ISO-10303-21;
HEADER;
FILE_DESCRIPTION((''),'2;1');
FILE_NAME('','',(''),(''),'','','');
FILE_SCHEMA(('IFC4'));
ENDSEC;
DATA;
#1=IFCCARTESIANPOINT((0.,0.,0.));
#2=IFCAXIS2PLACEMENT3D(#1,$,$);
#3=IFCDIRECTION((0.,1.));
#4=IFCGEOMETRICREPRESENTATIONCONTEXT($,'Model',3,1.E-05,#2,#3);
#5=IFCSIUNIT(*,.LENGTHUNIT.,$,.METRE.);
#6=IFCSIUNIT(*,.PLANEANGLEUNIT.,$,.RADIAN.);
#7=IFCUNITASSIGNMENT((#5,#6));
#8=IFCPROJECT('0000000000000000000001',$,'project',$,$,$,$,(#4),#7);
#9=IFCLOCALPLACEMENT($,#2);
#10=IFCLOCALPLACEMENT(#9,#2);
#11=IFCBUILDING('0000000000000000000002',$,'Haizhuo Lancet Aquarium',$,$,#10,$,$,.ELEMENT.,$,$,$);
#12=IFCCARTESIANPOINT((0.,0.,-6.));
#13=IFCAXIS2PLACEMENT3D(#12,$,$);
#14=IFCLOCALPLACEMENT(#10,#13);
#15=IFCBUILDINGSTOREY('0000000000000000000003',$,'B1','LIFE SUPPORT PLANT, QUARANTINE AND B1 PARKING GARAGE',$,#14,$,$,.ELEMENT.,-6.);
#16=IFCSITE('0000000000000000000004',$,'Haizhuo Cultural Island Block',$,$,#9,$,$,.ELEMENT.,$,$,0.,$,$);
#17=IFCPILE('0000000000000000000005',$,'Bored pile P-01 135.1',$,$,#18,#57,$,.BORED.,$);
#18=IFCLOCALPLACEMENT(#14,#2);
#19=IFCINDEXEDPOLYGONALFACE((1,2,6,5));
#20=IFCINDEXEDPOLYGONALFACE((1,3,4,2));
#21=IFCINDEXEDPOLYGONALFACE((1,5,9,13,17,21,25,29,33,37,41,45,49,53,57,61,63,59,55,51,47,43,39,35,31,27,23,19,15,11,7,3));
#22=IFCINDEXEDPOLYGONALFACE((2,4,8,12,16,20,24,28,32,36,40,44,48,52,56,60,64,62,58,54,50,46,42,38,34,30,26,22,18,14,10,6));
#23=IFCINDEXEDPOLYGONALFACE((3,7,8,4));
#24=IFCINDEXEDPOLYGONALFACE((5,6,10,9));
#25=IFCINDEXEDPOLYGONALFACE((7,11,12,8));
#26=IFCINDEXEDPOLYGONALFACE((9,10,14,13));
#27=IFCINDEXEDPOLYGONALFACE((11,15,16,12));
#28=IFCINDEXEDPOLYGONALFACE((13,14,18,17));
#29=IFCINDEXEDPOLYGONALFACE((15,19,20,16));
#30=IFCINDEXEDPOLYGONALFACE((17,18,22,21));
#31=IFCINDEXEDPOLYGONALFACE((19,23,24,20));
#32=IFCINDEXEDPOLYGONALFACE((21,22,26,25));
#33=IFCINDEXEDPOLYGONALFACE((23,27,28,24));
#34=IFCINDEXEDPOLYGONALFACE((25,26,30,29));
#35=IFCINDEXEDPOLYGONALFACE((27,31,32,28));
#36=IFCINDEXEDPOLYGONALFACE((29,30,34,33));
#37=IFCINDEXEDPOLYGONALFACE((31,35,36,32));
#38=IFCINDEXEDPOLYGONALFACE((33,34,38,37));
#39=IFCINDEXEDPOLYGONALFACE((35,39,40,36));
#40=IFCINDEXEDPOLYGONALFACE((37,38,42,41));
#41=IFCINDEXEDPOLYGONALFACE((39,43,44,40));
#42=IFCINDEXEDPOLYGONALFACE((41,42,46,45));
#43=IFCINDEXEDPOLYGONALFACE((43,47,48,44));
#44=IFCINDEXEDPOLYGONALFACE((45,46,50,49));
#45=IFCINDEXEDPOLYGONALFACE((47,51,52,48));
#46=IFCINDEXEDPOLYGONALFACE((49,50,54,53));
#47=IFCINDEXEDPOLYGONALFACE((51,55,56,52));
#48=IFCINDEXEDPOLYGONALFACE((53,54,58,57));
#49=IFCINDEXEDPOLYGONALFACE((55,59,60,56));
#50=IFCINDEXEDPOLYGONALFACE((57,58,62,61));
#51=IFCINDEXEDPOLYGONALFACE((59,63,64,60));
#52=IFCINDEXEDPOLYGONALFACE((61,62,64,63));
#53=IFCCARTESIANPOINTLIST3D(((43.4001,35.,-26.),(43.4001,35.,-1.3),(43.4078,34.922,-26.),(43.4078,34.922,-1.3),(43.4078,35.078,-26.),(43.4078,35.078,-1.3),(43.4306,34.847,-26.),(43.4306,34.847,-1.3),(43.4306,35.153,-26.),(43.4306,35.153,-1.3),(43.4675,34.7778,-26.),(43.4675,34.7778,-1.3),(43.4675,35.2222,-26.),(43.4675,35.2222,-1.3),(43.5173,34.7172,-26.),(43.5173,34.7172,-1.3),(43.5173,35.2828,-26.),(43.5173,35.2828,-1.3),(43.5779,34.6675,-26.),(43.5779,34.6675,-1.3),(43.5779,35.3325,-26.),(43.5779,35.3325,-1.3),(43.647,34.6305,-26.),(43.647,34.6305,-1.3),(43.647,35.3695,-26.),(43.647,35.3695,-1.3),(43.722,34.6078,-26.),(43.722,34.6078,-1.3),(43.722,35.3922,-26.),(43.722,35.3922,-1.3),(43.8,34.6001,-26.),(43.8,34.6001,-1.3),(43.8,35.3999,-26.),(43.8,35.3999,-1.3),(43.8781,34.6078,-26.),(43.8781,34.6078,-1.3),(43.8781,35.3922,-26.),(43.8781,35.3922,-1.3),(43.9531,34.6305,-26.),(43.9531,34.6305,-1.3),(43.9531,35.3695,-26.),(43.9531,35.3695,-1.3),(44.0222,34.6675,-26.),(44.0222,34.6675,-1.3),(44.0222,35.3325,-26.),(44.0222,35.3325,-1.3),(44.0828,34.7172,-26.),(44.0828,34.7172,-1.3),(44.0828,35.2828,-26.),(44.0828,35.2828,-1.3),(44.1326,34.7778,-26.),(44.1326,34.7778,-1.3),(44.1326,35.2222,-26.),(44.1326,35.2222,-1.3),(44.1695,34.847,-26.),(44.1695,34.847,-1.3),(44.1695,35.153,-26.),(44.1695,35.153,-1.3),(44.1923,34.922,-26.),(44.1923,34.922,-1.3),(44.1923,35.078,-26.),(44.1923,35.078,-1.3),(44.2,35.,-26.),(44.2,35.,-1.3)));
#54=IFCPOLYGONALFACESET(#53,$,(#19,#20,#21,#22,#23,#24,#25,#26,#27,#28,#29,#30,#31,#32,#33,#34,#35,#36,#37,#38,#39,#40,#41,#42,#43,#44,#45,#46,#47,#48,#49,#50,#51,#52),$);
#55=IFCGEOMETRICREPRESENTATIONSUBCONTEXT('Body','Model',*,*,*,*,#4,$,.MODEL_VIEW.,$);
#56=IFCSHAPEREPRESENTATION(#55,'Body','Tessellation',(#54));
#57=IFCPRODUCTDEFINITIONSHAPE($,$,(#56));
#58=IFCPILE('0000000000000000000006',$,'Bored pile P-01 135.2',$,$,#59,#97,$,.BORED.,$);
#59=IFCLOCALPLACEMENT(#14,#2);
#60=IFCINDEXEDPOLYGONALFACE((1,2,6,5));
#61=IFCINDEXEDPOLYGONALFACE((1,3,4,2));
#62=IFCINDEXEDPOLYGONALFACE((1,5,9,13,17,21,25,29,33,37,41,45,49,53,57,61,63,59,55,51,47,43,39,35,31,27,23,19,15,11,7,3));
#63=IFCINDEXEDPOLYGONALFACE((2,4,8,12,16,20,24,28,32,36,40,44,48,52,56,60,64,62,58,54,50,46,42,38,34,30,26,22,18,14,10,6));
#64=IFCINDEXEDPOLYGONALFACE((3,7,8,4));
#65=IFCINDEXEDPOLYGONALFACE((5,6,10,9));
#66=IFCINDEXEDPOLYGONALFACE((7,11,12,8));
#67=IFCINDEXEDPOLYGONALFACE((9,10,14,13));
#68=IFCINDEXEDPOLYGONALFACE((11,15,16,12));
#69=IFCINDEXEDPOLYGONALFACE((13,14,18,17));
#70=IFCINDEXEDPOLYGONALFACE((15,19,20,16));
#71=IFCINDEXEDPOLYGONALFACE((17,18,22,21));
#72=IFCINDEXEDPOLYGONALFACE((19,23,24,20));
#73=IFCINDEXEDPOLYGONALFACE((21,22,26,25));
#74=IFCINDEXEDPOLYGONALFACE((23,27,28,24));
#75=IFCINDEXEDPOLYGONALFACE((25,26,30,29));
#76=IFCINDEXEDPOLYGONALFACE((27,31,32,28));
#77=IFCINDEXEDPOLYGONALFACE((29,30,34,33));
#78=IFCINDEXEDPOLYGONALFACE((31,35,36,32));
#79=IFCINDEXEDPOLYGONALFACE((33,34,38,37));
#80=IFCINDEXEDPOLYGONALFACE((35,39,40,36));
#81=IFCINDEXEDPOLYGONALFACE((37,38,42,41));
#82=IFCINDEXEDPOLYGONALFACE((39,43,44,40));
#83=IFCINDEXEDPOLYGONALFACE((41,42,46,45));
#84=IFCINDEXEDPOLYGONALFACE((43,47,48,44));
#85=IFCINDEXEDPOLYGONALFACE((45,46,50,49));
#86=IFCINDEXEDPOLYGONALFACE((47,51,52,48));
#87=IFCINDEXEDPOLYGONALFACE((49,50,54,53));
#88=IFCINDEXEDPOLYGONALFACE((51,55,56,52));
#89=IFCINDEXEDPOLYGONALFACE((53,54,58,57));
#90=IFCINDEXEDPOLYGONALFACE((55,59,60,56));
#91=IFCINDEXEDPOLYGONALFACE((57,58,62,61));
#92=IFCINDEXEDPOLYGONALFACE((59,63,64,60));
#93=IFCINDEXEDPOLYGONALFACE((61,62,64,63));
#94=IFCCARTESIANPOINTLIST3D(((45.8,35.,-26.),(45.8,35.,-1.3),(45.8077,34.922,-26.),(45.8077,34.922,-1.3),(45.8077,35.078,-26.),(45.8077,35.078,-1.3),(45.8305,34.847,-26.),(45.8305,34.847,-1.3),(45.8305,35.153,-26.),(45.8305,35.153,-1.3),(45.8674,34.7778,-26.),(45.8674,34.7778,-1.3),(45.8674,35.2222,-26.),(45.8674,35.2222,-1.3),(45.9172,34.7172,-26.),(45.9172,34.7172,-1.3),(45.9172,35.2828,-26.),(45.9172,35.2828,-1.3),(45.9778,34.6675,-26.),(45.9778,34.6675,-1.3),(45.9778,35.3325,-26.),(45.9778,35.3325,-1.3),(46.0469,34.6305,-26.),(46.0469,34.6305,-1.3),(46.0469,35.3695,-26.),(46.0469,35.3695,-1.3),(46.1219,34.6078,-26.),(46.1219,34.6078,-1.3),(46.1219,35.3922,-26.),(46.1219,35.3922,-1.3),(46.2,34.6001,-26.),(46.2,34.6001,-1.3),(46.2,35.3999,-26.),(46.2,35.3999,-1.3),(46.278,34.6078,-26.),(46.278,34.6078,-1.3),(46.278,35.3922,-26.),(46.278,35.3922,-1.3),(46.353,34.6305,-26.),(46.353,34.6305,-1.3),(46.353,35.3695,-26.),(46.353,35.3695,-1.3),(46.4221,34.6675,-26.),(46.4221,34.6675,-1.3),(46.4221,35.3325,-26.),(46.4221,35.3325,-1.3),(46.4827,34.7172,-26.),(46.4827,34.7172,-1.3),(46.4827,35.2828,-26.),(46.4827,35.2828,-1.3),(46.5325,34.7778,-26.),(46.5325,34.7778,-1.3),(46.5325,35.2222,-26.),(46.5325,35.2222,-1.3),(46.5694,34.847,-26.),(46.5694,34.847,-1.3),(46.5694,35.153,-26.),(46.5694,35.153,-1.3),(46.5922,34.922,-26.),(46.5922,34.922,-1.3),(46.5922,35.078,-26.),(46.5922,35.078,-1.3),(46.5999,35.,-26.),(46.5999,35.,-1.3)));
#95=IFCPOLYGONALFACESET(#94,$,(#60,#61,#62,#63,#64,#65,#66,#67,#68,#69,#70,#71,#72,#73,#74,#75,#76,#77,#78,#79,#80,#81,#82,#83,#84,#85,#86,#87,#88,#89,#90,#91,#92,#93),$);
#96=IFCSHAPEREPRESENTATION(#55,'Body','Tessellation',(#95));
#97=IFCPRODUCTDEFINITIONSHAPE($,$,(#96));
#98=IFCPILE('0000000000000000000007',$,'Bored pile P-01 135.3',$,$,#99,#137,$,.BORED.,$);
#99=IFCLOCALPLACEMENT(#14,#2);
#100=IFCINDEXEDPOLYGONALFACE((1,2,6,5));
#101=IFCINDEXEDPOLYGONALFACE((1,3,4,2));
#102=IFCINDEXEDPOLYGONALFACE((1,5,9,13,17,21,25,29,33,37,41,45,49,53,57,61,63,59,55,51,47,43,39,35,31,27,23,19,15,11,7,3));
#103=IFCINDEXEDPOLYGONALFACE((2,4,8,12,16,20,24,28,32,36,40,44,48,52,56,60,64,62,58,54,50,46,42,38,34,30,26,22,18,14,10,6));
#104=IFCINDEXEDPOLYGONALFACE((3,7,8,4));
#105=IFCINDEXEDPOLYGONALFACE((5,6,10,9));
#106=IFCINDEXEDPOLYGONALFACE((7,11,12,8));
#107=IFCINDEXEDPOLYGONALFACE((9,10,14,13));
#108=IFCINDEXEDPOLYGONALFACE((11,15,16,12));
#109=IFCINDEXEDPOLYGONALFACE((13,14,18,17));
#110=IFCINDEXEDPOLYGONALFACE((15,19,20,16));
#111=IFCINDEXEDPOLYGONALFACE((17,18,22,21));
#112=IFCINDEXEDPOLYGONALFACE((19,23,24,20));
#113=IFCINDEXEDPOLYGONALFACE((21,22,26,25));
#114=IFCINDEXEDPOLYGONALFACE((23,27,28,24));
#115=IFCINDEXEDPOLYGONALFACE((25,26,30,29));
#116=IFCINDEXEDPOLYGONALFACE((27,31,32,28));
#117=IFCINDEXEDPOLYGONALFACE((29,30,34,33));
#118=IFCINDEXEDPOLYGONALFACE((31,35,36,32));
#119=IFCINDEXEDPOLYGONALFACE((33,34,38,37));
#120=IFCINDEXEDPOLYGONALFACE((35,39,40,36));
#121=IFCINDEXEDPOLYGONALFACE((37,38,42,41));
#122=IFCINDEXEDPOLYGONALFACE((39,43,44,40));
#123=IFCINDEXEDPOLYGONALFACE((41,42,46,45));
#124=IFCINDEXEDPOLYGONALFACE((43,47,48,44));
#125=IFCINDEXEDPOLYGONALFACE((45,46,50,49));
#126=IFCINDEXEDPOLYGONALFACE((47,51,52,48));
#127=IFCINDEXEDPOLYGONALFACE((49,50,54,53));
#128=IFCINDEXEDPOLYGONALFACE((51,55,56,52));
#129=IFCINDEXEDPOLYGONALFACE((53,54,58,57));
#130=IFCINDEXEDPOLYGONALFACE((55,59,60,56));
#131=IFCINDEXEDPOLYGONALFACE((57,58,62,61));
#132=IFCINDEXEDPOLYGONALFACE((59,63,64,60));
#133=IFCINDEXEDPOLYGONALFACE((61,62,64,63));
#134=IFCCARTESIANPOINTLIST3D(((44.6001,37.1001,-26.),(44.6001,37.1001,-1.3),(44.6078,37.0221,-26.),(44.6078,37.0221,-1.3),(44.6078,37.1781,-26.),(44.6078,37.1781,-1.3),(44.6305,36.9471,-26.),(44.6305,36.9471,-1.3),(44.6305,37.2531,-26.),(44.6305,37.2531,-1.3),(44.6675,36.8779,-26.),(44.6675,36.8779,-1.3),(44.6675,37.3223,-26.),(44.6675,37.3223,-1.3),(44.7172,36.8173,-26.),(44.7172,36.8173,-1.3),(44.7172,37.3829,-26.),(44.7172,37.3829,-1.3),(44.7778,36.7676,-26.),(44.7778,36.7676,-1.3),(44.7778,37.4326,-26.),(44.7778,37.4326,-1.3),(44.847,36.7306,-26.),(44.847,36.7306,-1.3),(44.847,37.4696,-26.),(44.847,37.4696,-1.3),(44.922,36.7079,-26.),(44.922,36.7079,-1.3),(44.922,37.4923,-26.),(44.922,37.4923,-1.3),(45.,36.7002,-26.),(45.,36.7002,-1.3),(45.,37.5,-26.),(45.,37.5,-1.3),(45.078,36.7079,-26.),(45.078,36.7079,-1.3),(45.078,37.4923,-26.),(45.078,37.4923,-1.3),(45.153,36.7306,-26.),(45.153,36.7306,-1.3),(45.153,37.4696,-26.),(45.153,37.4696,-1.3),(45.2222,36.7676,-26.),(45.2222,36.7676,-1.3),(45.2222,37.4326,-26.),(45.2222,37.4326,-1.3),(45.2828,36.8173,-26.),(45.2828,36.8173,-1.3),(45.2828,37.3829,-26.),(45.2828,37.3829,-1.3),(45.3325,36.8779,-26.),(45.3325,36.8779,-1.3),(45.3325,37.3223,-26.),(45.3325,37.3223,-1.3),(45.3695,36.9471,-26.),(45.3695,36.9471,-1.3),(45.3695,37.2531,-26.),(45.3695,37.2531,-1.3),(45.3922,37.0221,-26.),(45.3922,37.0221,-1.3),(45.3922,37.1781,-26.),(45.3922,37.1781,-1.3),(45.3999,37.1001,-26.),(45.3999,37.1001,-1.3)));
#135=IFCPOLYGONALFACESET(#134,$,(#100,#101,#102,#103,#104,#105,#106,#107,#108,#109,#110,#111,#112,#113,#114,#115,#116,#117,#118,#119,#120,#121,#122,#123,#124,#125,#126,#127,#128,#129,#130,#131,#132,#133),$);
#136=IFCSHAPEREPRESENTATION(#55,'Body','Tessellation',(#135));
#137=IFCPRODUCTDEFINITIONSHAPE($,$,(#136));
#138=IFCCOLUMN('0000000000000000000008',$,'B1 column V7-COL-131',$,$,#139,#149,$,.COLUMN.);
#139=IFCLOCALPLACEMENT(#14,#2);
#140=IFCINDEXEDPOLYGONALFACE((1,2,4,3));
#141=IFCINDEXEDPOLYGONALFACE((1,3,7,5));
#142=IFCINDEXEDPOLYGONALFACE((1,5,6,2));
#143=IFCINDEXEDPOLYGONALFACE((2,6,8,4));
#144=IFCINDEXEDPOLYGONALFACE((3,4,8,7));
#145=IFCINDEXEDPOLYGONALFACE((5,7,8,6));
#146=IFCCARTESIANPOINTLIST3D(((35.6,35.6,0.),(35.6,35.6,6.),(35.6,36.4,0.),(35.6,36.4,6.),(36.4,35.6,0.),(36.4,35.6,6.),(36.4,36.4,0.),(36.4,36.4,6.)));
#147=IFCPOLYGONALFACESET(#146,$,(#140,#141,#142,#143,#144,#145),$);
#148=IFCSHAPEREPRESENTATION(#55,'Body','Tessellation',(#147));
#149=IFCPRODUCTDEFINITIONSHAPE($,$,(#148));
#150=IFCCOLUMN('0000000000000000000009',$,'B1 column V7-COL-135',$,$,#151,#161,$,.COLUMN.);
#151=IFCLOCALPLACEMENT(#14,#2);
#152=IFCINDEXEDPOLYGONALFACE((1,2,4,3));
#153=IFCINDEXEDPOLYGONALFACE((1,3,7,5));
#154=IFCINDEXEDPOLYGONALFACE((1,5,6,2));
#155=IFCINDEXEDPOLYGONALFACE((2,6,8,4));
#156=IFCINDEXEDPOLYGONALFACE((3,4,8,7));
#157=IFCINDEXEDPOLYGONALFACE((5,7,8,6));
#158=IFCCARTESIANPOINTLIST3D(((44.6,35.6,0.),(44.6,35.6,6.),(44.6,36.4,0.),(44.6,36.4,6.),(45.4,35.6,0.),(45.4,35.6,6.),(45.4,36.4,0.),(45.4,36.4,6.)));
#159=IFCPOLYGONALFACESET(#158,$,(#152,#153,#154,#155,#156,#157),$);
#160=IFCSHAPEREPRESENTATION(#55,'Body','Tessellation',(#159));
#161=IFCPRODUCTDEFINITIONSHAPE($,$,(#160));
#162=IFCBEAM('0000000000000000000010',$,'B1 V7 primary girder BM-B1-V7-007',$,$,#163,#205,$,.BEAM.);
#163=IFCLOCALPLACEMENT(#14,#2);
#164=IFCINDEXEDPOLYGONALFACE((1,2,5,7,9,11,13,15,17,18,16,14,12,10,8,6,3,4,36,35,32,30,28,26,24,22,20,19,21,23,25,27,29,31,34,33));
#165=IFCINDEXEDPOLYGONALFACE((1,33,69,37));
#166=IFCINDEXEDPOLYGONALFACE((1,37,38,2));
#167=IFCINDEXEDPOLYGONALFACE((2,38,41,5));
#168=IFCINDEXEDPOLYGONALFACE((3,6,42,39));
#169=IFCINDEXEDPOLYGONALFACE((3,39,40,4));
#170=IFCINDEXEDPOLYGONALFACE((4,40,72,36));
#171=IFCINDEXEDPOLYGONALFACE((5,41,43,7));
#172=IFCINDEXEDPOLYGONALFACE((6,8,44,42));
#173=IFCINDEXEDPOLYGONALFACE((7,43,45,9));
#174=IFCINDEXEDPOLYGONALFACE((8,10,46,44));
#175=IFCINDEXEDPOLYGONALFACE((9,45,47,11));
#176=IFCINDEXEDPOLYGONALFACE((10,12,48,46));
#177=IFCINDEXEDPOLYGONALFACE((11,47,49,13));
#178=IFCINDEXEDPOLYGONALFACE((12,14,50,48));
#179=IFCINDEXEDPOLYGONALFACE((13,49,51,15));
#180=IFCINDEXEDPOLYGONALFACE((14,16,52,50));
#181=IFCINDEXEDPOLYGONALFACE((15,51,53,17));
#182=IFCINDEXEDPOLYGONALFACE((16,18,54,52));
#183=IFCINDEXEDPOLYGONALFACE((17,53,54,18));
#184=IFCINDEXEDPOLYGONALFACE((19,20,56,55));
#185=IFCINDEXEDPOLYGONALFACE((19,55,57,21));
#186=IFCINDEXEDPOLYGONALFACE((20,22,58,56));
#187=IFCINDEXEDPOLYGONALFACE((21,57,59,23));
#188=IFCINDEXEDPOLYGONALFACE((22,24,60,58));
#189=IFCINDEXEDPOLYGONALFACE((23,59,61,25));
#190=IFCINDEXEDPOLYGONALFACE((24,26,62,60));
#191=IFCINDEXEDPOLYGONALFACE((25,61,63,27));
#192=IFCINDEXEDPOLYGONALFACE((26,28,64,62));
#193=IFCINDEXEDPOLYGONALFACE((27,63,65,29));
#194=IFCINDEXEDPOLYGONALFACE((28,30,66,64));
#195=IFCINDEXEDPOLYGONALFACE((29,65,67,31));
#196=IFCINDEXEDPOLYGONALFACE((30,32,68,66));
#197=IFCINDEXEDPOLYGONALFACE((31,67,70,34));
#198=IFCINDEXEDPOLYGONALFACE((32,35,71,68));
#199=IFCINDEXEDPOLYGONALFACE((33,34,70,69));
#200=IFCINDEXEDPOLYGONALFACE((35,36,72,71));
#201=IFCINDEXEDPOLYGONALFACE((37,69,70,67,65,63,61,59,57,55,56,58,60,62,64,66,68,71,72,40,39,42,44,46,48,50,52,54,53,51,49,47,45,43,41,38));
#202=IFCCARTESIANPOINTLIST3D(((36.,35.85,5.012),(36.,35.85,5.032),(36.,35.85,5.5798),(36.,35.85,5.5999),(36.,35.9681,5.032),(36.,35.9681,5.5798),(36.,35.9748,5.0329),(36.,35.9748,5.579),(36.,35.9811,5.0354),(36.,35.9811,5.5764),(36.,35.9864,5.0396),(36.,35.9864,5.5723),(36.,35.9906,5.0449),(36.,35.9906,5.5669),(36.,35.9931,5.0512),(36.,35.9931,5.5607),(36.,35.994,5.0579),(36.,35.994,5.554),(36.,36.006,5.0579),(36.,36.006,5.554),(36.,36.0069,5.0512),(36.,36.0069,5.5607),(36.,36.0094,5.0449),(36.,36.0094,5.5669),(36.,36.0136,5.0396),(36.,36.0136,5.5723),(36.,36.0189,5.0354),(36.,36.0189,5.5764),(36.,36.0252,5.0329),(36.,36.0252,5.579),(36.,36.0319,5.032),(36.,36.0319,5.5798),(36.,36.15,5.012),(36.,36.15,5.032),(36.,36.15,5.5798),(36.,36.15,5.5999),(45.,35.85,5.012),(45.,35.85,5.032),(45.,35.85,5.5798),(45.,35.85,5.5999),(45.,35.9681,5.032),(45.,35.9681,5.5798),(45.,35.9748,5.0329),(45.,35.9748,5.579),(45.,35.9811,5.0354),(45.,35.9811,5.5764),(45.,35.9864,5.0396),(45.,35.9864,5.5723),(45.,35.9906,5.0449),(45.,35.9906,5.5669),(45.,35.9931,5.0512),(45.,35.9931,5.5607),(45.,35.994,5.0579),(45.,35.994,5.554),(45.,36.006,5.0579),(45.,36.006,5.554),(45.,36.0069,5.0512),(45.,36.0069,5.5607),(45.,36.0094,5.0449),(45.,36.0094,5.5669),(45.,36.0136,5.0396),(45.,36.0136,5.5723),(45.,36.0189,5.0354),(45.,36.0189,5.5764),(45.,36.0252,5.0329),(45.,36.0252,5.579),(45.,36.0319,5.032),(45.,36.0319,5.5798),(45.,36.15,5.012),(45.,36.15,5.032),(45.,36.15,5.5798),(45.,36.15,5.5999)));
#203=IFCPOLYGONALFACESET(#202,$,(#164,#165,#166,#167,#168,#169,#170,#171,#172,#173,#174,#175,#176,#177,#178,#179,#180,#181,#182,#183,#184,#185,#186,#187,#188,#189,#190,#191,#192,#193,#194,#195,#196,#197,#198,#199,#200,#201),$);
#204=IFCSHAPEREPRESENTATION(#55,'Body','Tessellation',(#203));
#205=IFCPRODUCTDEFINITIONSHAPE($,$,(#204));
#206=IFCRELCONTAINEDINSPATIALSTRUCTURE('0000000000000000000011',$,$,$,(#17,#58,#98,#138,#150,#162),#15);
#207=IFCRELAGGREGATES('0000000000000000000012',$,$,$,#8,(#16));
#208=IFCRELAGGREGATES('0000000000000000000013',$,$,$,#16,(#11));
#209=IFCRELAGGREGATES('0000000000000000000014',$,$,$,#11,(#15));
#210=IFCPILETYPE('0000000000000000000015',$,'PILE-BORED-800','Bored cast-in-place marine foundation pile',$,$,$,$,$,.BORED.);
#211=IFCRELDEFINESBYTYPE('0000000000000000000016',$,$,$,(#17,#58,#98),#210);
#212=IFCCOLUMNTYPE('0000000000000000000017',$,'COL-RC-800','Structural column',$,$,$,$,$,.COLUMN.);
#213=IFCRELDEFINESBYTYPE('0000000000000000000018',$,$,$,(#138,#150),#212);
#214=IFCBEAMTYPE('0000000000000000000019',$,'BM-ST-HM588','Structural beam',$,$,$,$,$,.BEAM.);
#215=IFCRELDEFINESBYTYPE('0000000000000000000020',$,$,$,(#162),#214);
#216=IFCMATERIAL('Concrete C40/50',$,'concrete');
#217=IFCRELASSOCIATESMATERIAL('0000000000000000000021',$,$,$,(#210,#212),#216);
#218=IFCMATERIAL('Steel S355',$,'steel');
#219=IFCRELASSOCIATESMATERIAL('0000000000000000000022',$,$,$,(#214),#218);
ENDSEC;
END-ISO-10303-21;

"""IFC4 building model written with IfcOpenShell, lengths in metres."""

from ifc_helpers import new_model, si_unit, direction, frame, origin, origin_2d, place, context, subcontext, project, spatial, rectangle, circle, i_section, extrude, material, material_profile, profile_set, type_object, element, save


model = new_model("IFC4")

# Units and contexts
model_context = context("Model", 3, precision=1e-05, world=origin(), true_north=direction((0.0, 1.0)))
body_context = subcontext(model_context, "Body", "Model", "MODEL_VIEW")
ifc_project = project(units=[si_unit("LENGTHUNIT", "METRE"), si_unit("PLANEANGLEUNIT", "RADIAN")], contexts=[model_context])

# Site, building, storey
site_placement = place(None, origin())
site = spatial("IfcSite", under=ifc_project, at=site_placement, Name="Haizhuo Cultural Island Block", CompositionType="ELEMENT", RefElevation=0.0)
building_placement = place(site_placement, origin())
building = spatial("IfcBuilding", under=site, at=building_placement, Name="Haizhuo Lancet Aquarium", CompositionType="ELEMENT")
storey_placement = place(building_placement, frame((0.0, 0.0, -6.0)))
storey = spatial("IfcBuildingStorey", under=building, at=storey_placement, Name="B1", Description="LIFE SUPPORT PLANT, QUARANTINE AND B1 PARKING GARAGE", CompositionType="ELEMENT", Elevation=-6.0)

# Shared definitions
ifc_material_1 = material(Name="Concrete C40/50", Category="concrete")

# Piles
ifc_material_profile_1 = material_profile(ifc_material_1, circle(Radius=0.3999, at=origin_2d()), Name="PILE-800")
ifc_profile_set_1 = profile_set([ifc_material_profile_1], Name="Concrete C40/50")
pile_type = type_object("IfcPileType", Name="PILE-BORED-800", Description="Bored cast-in-place marine foundation pile", PredefinedType="BORED", material=ifc_profile_set_1)
for number, where, z_axis, x_axis, name in (
    (1, (43.8, 35.0, -1.3), (0.0, 0.0, -1.0), (1.0, 0.0, 0.0), "Bored pile P-01 135.1"),
    (2, (46.2, 35.0, -1.3), (0.0, 0.0, -1.0), (1.0, 0.0, 0.0), "Bored pile P-01 135.2"),
    (3, (45.0, 37.1001, -1.3), (0.0, 0.0, -1.0), (1.0, 0.0, 0.0), "Bored pile P-01 135.3"),
):
    element("IfcPile", number, at=place(storey_placement, frame(where, z_axis=z_axis, x_axis=x_axis)), inside=storey, type_object=pile_type, Name=name, PredefinedType="BORED", context=body_context, shape_type="SweptSolid", body=[
        extrude(circle(Radius=0.3999, at=origin_2d()), origin(), (0.0, 0.0, 1.0), 24.7),
    ])

# Columns
ifc_material_profile_2 = material_profile(ifc_material_1, rectangle(XDim=0.8, YDim=0.8, at=origin_2d()), Name="RC-COL 800x800")
ifc_profile_set_2 = profile_set([ifc_material_profile_2], Name="Concrete C40/50")
column_type = type_object("IfcColumnType", Name="COL-RC-800", Description="Structural column", PredefinedType="COLUMN", material=ifc_profile_set_2)
for number, where, z_axis, x_axis, name in (
    (4, (36.0, 36.0, 0.0), (0.0, 0.0, 1.0), (1.0, 0.0, 0.0), "B1 column V7-COL-131"),
    (5, (45.0, 36.0, 0.0), (0.0, 0.0, 1.0), (1.0, 0.0, 0.0), "B1 column V7-COL-135"),
):
    element("IfcColumn", number, at=place(storey_placement, frame(where, z_axis=z_axis, x_axis=x_axis)), inside=storey, type_object=column_type, Name=name, PredefinedType="COLUMN", context=body_context, shape_type="SweptSolid", body=[
        extrude(rectangle(XDim=0.8, YDim=0.8, at=origin_2d()), origin(), (0.0, 0.0, 1.0), 6.0),
    ])

# Beam
ifc_material_2 = material(Name="Steel S355", Category="steel")
ifc_material_profile_3 = material_profile(ifc_material_2, i_section(OverallWidth=0.3, OverallDepth=0.5879, WebThickness=0.012, FlangeThickness=0.02, FilletRadius=0.0259, at=origin_2d()), Name="HM 588x300x12x20")
ifc_profile_set_3 = profile_set([ifc_material_profile_3], Name="Steel S355")
beam_type_1 = type_object("IfcBeamType", Name="BM-ST-HM588", Description="Structural beam", PredefinedType="BEAM", material=ifc_profile_set_3)
for number, where, z_axis, x_axis, name in (
    (6, (36.0, 36.0, 5.3059), (1.0, 0.0, 0.0), (0.0, 1.0, 0.0), "B1 V7 primary girder BM-B1-V7-007"),
):
    element("IfcBeam", number, at=place(storey_placement, frame(where, z_axis=z_axis, x_axis=x_axis)), inside=storey, type_object=beam_type_1, Name=name, PredefinedType="BEAM", context=body_context, shape_type="SweptSolid", body=[
        extrude(i_section(OverallWidth=0.3, OverallDepth=0.5879, WebThickness=0.012, FlangeThickness=0.02, FilletRadius=0.0259, at=origin_2d()), origin(), (0.0, 0.0, 1.0), 9.0),
    ])

save(model, "model.ifc")
